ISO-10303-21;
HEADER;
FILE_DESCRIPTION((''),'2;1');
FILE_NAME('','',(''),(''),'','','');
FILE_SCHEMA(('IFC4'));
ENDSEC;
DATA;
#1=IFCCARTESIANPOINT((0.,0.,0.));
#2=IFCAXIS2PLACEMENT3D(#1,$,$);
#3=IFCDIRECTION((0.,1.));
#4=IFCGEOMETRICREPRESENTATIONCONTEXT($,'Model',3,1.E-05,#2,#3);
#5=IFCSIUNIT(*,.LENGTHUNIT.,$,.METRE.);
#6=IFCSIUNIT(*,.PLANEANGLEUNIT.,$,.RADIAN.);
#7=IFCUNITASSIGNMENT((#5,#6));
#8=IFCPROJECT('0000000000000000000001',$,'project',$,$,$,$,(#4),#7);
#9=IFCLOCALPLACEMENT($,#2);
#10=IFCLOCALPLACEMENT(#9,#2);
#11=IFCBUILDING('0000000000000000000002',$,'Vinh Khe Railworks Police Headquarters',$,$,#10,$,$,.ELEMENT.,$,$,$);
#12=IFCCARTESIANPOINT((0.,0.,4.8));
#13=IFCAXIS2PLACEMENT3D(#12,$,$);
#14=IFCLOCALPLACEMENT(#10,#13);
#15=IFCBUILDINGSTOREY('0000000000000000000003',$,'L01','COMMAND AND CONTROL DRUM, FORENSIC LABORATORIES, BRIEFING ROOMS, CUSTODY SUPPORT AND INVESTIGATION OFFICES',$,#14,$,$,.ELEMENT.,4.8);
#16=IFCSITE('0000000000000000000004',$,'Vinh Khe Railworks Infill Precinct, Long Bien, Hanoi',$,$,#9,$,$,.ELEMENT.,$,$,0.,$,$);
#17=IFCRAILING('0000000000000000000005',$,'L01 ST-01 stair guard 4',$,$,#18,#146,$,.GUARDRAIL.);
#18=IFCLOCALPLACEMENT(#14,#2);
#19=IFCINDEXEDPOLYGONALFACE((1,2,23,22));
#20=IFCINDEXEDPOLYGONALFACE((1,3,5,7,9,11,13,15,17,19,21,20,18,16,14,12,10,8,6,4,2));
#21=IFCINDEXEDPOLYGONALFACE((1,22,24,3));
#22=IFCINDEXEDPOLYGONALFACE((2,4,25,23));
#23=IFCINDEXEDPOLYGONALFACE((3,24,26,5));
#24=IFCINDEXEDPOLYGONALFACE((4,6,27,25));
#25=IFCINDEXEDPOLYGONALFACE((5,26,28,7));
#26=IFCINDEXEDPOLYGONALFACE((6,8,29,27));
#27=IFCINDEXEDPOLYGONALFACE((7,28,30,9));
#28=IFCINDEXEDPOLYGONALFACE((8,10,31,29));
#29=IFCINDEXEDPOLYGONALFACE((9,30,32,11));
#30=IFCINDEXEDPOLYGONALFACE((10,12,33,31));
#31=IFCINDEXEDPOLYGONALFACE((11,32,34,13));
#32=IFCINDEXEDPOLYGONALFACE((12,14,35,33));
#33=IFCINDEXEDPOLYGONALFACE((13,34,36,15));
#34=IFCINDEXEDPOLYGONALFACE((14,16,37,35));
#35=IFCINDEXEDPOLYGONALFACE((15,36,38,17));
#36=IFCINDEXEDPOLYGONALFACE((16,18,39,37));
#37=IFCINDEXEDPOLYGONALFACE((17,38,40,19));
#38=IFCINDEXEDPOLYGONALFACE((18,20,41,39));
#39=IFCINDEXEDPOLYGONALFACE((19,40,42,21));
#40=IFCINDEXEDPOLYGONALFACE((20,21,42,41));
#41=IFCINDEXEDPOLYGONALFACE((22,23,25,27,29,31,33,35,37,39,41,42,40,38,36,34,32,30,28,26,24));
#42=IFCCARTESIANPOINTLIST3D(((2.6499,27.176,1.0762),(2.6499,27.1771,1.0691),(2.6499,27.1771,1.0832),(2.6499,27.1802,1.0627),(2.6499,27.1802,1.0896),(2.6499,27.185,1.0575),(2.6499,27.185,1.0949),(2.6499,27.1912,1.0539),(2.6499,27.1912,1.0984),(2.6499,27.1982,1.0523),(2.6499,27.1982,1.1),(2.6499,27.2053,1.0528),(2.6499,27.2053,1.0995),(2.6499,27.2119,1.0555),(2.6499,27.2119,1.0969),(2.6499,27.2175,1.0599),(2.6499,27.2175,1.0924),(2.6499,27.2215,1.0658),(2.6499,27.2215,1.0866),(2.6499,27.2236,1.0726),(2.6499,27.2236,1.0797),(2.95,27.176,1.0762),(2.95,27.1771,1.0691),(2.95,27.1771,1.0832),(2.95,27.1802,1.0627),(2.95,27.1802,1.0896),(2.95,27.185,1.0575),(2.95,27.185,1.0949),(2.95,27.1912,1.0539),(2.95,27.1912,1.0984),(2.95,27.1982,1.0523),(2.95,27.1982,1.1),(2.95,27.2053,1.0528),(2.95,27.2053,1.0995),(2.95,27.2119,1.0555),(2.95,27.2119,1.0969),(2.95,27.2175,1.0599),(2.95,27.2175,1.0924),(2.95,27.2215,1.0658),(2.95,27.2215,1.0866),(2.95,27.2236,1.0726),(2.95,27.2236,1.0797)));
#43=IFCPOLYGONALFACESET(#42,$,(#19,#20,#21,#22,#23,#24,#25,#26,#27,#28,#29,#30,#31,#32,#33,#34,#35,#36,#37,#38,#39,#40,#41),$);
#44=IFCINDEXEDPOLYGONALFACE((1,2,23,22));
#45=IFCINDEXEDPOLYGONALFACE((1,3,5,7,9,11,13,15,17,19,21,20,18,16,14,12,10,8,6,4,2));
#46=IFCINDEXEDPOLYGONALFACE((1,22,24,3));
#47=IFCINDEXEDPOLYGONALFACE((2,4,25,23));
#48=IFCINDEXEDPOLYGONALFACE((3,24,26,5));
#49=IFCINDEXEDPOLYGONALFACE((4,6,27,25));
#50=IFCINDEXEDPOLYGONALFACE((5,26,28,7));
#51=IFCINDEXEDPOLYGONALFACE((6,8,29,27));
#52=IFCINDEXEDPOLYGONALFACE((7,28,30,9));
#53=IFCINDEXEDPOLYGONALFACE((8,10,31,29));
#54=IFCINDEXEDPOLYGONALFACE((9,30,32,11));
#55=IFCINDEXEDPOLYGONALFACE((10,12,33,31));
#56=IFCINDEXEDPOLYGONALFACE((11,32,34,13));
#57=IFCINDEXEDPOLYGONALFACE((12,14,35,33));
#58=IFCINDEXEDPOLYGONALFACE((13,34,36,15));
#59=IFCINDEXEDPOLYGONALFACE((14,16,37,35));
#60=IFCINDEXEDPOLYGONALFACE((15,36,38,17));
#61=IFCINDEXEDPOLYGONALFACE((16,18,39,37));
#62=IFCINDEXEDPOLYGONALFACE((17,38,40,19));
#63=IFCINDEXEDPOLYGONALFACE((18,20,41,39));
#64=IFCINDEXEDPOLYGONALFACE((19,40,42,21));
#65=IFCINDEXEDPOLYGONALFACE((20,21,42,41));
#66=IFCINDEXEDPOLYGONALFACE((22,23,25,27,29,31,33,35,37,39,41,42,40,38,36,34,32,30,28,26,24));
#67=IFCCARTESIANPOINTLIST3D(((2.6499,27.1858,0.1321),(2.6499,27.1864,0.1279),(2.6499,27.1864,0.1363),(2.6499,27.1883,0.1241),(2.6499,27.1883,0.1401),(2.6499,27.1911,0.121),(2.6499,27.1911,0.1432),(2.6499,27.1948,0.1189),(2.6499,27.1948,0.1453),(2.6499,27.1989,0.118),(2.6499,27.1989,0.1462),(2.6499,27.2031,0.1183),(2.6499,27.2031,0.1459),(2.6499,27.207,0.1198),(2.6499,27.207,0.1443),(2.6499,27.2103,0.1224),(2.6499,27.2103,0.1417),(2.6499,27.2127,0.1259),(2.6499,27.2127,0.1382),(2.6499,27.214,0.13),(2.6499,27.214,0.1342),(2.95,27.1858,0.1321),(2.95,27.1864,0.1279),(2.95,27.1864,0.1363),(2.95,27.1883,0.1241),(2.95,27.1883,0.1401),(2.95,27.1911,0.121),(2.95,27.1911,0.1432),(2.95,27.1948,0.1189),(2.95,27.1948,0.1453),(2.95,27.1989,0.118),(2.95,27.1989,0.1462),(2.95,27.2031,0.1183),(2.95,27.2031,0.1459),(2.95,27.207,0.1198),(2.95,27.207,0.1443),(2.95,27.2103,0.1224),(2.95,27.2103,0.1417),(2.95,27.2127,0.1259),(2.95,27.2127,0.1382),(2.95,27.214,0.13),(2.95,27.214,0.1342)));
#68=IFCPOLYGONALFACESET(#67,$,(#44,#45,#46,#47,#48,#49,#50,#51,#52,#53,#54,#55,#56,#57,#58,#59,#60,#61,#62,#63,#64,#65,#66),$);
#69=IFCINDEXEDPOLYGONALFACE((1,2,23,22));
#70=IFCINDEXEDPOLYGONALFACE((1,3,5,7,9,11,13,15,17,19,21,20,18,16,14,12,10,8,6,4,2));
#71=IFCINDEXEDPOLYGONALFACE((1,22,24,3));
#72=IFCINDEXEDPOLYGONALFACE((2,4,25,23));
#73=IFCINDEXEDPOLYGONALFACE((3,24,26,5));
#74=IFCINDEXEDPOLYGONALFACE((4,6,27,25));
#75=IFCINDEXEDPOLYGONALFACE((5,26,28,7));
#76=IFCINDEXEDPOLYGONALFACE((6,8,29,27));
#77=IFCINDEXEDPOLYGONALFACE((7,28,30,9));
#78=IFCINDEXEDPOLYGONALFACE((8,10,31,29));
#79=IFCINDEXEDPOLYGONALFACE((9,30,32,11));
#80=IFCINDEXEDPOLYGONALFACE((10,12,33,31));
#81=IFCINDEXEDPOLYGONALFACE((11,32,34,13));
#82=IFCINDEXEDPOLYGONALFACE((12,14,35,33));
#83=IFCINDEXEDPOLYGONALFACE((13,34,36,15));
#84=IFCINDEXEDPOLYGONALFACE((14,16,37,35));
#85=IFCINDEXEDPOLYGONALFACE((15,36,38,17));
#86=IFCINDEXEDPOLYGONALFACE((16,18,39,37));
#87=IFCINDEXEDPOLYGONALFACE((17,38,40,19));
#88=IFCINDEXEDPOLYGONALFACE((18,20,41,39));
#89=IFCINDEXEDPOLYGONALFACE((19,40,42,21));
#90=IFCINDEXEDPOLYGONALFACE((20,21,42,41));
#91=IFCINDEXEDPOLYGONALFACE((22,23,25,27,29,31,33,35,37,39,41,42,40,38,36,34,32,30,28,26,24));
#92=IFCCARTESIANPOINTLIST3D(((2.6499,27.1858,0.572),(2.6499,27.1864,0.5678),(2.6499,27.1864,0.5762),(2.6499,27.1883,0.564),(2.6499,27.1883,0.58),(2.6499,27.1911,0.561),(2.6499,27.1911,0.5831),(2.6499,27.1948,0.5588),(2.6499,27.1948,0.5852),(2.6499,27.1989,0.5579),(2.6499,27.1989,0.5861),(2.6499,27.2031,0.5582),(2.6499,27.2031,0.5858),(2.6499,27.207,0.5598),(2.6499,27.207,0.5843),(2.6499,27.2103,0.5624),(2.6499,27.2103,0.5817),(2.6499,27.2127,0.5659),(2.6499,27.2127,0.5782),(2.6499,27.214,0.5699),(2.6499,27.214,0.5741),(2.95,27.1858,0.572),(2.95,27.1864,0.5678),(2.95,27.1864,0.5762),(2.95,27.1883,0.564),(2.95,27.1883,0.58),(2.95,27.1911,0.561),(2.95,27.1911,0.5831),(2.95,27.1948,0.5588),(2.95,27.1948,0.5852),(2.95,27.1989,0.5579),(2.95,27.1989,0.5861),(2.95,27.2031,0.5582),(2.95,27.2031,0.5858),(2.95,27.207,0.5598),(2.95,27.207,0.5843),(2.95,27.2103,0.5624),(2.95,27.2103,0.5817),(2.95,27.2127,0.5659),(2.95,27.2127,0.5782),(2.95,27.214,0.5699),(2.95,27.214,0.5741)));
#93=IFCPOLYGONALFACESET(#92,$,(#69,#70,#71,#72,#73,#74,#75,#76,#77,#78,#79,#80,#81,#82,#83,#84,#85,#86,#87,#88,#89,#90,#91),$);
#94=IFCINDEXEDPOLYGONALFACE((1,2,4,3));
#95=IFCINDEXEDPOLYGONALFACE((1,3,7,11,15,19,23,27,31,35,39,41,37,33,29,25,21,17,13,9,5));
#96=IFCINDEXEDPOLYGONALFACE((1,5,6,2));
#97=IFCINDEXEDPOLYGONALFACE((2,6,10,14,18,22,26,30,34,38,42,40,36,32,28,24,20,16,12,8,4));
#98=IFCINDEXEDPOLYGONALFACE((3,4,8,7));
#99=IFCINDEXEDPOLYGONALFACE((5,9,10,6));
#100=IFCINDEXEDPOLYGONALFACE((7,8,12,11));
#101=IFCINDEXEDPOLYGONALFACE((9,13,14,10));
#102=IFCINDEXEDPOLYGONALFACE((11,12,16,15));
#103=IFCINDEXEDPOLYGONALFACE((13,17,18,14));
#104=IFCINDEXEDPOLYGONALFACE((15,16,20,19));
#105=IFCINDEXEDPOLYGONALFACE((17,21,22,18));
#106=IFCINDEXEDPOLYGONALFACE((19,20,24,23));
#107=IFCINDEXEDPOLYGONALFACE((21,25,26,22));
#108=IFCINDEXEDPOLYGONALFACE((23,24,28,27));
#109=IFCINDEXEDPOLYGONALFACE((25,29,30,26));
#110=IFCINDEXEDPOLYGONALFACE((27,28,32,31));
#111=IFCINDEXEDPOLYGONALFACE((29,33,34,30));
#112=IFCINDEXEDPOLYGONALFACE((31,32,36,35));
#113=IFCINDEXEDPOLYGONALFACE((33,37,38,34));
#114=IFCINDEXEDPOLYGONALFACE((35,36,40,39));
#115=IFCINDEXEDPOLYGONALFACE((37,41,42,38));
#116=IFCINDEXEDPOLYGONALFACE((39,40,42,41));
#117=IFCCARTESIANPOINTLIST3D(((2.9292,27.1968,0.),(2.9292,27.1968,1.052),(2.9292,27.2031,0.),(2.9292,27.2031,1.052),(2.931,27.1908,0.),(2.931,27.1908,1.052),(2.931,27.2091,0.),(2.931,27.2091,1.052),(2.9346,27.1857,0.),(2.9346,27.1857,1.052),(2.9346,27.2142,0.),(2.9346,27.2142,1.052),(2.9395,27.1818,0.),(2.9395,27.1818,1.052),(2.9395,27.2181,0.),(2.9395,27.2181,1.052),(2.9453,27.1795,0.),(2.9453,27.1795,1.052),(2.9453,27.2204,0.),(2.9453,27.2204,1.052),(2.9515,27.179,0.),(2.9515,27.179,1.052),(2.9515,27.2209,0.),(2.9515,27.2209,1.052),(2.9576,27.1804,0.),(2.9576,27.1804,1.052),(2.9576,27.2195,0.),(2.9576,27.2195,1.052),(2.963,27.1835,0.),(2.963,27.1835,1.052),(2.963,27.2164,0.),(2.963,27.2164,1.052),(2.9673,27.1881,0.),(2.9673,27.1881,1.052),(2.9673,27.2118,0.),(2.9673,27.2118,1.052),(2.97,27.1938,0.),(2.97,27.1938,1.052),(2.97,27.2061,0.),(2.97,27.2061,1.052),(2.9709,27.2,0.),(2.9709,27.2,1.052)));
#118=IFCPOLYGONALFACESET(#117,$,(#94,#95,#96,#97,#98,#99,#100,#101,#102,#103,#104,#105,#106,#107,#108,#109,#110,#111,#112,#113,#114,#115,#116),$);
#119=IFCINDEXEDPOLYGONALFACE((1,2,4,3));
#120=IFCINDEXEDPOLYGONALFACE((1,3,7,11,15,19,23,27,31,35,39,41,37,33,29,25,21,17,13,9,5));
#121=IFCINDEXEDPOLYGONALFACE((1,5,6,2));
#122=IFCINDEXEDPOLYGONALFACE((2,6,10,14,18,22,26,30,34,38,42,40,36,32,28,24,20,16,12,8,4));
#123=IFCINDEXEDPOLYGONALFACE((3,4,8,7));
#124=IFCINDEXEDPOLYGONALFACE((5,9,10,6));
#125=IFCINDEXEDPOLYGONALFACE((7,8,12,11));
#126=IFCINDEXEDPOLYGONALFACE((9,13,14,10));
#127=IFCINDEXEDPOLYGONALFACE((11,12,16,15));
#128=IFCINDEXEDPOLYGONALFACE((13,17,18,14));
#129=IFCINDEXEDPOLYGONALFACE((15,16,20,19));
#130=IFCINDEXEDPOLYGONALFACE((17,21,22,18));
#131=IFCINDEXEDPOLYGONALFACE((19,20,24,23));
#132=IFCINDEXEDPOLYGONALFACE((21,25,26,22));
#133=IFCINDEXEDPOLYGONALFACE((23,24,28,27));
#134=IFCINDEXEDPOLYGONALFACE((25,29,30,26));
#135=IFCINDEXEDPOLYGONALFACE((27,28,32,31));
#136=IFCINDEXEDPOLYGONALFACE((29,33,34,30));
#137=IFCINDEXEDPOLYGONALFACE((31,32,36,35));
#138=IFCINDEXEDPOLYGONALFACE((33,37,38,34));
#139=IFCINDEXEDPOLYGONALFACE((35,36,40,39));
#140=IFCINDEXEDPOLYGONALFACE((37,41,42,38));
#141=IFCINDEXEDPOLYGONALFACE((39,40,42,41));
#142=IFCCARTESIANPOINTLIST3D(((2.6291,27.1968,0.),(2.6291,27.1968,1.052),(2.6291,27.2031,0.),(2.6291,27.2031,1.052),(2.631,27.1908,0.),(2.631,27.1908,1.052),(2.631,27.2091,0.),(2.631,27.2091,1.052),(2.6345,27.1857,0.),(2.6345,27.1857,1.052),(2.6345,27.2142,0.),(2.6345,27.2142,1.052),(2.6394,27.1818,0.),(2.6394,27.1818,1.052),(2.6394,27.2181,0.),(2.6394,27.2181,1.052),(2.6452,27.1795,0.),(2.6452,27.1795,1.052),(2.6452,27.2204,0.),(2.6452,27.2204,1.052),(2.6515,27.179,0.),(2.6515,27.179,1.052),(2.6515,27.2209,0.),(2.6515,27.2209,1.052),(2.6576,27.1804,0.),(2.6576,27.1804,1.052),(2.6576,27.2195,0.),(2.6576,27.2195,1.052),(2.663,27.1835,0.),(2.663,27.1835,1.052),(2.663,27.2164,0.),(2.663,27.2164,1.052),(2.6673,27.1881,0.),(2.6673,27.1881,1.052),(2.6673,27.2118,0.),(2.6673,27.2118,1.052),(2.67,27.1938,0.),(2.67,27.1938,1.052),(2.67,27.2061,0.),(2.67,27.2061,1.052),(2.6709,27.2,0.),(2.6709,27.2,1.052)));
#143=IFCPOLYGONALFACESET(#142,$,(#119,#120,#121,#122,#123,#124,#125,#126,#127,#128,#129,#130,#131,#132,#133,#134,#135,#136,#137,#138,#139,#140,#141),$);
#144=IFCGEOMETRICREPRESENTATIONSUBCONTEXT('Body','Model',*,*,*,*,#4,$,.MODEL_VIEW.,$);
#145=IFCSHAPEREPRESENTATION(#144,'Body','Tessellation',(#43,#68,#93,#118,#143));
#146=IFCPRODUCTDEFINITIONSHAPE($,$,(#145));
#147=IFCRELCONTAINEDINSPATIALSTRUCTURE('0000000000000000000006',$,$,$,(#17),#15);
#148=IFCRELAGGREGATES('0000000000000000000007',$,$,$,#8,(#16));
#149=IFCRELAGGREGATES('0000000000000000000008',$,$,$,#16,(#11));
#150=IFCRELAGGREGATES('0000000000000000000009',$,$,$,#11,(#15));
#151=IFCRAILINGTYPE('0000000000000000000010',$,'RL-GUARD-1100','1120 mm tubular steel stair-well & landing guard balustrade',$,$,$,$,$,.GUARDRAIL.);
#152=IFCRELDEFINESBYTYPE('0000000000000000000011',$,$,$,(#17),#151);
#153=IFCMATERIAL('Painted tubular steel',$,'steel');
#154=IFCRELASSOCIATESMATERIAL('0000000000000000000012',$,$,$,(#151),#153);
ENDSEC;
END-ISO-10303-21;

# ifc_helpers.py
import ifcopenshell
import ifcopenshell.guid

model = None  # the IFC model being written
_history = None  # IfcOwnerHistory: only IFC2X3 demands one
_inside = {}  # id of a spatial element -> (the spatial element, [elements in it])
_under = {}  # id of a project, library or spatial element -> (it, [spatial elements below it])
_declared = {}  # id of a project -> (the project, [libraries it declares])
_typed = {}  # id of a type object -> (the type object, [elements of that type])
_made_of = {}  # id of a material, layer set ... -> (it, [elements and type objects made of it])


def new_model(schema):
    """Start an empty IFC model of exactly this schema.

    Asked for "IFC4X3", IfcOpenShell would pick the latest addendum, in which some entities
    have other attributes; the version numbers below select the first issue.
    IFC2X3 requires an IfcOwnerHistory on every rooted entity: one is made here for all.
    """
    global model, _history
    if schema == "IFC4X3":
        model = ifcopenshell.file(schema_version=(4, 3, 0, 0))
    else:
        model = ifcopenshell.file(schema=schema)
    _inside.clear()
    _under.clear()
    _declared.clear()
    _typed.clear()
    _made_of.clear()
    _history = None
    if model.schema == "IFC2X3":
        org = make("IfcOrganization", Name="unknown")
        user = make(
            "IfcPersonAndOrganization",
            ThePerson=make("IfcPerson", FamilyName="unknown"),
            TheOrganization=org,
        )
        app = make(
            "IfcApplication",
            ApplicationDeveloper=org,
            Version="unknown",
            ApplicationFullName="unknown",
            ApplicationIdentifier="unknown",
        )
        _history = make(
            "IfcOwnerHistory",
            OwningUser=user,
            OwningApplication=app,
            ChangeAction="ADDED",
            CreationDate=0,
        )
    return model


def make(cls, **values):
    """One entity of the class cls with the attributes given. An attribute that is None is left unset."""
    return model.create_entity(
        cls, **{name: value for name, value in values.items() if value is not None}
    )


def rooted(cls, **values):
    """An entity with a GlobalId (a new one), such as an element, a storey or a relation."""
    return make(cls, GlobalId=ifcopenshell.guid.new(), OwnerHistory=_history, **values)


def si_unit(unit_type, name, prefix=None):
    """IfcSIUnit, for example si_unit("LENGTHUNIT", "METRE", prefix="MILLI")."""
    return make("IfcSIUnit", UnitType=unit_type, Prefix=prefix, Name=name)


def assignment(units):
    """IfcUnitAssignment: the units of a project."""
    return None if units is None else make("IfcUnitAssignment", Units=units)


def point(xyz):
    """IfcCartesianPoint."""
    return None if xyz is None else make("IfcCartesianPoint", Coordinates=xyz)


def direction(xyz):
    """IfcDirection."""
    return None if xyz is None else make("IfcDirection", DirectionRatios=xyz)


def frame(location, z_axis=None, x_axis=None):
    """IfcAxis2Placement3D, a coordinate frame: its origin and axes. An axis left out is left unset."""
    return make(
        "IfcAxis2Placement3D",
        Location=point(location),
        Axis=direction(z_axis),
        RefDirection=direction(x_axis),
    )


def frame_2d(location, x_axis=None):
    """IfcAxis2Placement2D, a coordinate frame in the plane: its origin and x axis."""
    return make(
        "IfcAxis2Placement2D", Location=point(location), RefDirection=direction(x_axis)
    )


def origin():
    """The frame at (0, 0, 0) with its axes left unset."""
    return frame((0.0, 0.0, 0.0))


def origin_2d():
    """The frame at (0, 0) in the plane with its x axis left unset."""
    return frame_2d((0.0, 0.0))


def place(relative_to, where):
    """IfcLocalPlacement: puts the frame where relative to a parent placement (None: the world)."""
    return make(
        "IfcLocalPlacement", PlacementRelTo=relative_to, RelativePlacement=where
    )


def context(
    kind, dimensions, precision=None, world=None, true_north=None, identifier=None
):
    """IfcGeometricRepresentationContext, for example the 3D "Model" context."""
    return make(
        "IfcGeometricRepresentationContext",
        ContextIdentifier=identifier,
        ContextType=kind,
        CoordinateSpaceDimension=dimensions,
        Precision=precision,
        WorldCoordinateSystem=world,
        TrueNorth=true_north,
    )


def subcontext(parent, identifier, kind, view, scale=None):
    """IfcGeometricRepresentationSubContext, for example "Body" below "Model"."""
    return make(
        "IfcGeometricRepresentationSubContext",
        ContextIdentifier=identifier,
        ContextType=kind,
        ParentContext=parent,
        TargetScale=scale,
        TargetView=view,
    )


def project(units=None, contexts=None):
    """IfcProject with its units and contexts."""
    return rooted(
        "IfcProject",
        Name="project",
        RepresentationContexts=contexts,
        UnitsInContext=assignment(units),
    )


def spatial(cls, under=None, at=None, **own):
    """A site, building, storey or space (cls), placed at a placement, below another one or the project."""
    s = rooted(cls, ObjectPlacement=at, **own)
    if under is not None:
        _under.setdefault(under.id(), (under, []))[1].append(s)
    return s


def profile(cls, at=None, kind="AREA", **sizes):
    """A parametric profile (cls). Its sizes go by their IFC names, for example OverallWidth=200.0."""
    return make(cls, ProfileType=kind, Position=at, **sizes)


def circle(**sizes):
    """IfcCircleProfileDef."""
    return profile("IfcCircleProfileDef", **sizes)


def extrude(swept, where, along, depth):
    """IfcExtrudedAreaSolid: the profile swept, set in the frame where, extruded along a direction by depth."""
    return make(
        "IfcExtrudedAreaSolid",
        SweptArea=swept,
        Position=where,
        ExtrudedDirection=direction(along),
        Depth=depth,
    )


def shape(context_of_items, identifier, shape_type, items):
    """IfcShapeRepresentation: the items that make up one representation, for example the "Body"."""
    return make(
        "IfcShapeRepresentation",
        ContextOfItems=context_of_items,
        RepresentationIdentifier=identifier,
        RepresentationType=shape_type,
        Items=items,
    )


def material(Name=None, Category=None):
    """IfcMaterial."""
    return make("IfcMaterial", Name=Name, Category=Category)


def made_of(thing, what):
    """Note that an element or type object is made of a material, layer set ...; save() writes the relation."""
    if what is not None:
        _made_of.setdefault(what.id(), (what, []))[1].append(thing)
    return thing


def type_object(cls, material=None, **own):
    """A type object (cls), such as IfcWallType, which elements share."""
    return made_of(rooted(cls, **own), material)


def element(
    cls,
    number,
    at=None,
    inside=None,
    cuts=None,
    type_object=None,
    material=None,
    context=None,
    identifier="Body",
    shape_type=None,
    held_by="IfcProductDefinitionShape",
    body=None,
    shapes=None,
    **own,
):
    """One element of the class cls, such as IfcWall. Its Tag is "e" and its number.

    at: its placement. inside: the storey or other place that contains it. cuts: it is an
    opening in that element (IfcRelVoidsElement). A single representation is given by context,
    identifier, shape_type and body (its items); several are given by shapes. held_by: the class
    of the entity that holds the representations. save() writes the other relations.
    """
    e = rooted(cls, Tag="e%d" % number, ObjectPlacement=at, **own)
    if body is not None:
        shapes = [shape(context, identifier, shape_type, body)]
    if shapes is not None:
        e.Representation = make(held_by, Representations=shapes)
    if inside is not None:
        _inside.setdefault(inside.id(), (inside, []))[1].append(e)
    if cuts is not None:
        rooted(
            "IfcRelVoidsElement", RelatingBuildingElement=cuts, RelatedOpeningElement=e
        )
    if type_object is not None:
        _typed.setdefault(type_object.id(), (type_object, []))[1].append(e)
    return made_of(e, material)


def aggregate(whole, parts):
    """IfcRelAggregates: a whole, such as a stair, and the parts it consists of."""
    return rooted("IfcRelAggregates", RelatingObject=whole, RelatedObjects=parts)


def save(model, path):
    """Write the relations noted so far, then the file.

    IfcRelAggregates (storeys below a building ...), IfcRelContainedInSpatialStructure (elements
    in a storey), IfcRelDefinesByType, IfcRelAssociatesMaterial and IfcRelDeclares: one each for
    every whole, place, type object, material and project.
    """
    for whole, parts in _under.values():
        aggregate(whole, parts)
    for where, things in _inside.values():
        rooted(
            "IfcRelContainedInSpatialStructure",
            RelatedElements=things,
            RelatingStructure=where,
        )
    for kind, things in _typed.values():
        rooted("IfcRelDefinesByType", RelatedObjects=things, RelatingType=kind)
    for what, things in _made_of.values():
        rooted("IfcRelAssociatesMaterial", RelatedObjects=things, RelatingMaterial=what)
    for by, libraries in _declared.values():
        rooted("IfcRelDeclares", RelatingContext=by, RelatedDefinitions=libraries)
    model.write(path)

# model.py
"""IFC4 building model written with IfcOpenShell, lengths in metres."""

from ifc_helpers import new_model, si_unit, direction, frame, origin, origin_2d, place, context, subcontext, project, spatial, circle, extrude, material, type_object, element, save


model = new_model("IFC4")

# Units and contexts
model_context = context("Model", 3, precision=1e-05, world=origin(), true_north=direction((0.0, 1.0)))
body_context = subcontext(model_context, "Body", "Model", "MODEL_VIEW")
ifc_project = project(units=[si_unit("LENGTHUNIT", "METRE"), si_unit("PLANEANGLEUNIT", "RADIAN")], contexts=[model_context])

# Site, building, storey
site_placement = place(None, origin())
site = spatial("IfcSite", under=ifc_project, at=site_placement, Name="Vinh Khe Railworks Infill Precinct, Long Bien, Hanoi", CompositionType="ELEMENT", RefElevation=0.0)
building_placement = place(site_placement, origin())
building = spatial("IfcBuilding", under=site, at=building_placement, Name="Vinh Khe Railworks Police Headquarters", CompositionType="ELEMENT")
storey_placement = place(building_placement, frame((0.0, 0.0, 4.8)))
storey = spatial("IfcBuildingStorey", under=building, at=storey_placement, Name="L01", Description="COMMAND AND CONTROL DRUM, FORENSIC LABORATORIES, BRIEFING ROOMS, CUSTODY SUPPORT AND INVESTIGATION OFFICES", CompositionType="ELEMENT", Elevation=4.8)

# Railing
ifc_material_1 = material(Name="Painted tubular steel", Category="steel")
railing_type_1 = type_object("IfcRailingType", Name="RL-GUARD-1100", Description="1120 mm tubular steel stair-well & landing guard balustrade", PredefinedType="GUARDRAIL", material=ifc_material_1)
railing_1_placement = place(storey_placement, frame((2.95, 27.2, 0.0)))
element("IfcRailing", 1, at=railing_1_placement, inside=storey, type_object=railing_type_1, Name="L01 ST-01 stair guard 4", PredefinedType="GUARDRAIL", context=body_context, shape_type="SweptSolid", body=[
    extrude(circle(Radius=0.0239, at=origin_2d()), frame((0.0, 0.0, 1.0762), z_axis=(-1.0, 0.0, 0.0), x_axis=(0.0, -1.0, 0.0)), (0.0, 0.0, 1.0), 0.3),
    extrude(circle(Radius=0.0142, at=origin_2d()), frame((0.0, 0.0, 0.1321), z_axis=(-1.0, 0.0, 0.0), x_axis=(0.0, -1.0, 0.0)), (0.0, 0.0, 1.0), 0.3),
    extrude(circle(Radius=0.0142, at=origin_2d()), frame((0.0, 0.0, 0.572), z_axis=(-1.0, 0.0, 0.0), x_axis=(0.0, -1.0, 0.0)), (0.0, 0.0, 1.0), 0.3),
    extrude(circle(Radius=0.021, at=origin_2d()), origin(), (0.0, 0.0, 1.0), 1.052),
    extrude(circle(Radius=0.021, at=origin_2d()), frame((-0.3, 0.0, 0.0)), (0.0, 0.0, 1.0), 1.052),
])

save(model, "model.ifc")
